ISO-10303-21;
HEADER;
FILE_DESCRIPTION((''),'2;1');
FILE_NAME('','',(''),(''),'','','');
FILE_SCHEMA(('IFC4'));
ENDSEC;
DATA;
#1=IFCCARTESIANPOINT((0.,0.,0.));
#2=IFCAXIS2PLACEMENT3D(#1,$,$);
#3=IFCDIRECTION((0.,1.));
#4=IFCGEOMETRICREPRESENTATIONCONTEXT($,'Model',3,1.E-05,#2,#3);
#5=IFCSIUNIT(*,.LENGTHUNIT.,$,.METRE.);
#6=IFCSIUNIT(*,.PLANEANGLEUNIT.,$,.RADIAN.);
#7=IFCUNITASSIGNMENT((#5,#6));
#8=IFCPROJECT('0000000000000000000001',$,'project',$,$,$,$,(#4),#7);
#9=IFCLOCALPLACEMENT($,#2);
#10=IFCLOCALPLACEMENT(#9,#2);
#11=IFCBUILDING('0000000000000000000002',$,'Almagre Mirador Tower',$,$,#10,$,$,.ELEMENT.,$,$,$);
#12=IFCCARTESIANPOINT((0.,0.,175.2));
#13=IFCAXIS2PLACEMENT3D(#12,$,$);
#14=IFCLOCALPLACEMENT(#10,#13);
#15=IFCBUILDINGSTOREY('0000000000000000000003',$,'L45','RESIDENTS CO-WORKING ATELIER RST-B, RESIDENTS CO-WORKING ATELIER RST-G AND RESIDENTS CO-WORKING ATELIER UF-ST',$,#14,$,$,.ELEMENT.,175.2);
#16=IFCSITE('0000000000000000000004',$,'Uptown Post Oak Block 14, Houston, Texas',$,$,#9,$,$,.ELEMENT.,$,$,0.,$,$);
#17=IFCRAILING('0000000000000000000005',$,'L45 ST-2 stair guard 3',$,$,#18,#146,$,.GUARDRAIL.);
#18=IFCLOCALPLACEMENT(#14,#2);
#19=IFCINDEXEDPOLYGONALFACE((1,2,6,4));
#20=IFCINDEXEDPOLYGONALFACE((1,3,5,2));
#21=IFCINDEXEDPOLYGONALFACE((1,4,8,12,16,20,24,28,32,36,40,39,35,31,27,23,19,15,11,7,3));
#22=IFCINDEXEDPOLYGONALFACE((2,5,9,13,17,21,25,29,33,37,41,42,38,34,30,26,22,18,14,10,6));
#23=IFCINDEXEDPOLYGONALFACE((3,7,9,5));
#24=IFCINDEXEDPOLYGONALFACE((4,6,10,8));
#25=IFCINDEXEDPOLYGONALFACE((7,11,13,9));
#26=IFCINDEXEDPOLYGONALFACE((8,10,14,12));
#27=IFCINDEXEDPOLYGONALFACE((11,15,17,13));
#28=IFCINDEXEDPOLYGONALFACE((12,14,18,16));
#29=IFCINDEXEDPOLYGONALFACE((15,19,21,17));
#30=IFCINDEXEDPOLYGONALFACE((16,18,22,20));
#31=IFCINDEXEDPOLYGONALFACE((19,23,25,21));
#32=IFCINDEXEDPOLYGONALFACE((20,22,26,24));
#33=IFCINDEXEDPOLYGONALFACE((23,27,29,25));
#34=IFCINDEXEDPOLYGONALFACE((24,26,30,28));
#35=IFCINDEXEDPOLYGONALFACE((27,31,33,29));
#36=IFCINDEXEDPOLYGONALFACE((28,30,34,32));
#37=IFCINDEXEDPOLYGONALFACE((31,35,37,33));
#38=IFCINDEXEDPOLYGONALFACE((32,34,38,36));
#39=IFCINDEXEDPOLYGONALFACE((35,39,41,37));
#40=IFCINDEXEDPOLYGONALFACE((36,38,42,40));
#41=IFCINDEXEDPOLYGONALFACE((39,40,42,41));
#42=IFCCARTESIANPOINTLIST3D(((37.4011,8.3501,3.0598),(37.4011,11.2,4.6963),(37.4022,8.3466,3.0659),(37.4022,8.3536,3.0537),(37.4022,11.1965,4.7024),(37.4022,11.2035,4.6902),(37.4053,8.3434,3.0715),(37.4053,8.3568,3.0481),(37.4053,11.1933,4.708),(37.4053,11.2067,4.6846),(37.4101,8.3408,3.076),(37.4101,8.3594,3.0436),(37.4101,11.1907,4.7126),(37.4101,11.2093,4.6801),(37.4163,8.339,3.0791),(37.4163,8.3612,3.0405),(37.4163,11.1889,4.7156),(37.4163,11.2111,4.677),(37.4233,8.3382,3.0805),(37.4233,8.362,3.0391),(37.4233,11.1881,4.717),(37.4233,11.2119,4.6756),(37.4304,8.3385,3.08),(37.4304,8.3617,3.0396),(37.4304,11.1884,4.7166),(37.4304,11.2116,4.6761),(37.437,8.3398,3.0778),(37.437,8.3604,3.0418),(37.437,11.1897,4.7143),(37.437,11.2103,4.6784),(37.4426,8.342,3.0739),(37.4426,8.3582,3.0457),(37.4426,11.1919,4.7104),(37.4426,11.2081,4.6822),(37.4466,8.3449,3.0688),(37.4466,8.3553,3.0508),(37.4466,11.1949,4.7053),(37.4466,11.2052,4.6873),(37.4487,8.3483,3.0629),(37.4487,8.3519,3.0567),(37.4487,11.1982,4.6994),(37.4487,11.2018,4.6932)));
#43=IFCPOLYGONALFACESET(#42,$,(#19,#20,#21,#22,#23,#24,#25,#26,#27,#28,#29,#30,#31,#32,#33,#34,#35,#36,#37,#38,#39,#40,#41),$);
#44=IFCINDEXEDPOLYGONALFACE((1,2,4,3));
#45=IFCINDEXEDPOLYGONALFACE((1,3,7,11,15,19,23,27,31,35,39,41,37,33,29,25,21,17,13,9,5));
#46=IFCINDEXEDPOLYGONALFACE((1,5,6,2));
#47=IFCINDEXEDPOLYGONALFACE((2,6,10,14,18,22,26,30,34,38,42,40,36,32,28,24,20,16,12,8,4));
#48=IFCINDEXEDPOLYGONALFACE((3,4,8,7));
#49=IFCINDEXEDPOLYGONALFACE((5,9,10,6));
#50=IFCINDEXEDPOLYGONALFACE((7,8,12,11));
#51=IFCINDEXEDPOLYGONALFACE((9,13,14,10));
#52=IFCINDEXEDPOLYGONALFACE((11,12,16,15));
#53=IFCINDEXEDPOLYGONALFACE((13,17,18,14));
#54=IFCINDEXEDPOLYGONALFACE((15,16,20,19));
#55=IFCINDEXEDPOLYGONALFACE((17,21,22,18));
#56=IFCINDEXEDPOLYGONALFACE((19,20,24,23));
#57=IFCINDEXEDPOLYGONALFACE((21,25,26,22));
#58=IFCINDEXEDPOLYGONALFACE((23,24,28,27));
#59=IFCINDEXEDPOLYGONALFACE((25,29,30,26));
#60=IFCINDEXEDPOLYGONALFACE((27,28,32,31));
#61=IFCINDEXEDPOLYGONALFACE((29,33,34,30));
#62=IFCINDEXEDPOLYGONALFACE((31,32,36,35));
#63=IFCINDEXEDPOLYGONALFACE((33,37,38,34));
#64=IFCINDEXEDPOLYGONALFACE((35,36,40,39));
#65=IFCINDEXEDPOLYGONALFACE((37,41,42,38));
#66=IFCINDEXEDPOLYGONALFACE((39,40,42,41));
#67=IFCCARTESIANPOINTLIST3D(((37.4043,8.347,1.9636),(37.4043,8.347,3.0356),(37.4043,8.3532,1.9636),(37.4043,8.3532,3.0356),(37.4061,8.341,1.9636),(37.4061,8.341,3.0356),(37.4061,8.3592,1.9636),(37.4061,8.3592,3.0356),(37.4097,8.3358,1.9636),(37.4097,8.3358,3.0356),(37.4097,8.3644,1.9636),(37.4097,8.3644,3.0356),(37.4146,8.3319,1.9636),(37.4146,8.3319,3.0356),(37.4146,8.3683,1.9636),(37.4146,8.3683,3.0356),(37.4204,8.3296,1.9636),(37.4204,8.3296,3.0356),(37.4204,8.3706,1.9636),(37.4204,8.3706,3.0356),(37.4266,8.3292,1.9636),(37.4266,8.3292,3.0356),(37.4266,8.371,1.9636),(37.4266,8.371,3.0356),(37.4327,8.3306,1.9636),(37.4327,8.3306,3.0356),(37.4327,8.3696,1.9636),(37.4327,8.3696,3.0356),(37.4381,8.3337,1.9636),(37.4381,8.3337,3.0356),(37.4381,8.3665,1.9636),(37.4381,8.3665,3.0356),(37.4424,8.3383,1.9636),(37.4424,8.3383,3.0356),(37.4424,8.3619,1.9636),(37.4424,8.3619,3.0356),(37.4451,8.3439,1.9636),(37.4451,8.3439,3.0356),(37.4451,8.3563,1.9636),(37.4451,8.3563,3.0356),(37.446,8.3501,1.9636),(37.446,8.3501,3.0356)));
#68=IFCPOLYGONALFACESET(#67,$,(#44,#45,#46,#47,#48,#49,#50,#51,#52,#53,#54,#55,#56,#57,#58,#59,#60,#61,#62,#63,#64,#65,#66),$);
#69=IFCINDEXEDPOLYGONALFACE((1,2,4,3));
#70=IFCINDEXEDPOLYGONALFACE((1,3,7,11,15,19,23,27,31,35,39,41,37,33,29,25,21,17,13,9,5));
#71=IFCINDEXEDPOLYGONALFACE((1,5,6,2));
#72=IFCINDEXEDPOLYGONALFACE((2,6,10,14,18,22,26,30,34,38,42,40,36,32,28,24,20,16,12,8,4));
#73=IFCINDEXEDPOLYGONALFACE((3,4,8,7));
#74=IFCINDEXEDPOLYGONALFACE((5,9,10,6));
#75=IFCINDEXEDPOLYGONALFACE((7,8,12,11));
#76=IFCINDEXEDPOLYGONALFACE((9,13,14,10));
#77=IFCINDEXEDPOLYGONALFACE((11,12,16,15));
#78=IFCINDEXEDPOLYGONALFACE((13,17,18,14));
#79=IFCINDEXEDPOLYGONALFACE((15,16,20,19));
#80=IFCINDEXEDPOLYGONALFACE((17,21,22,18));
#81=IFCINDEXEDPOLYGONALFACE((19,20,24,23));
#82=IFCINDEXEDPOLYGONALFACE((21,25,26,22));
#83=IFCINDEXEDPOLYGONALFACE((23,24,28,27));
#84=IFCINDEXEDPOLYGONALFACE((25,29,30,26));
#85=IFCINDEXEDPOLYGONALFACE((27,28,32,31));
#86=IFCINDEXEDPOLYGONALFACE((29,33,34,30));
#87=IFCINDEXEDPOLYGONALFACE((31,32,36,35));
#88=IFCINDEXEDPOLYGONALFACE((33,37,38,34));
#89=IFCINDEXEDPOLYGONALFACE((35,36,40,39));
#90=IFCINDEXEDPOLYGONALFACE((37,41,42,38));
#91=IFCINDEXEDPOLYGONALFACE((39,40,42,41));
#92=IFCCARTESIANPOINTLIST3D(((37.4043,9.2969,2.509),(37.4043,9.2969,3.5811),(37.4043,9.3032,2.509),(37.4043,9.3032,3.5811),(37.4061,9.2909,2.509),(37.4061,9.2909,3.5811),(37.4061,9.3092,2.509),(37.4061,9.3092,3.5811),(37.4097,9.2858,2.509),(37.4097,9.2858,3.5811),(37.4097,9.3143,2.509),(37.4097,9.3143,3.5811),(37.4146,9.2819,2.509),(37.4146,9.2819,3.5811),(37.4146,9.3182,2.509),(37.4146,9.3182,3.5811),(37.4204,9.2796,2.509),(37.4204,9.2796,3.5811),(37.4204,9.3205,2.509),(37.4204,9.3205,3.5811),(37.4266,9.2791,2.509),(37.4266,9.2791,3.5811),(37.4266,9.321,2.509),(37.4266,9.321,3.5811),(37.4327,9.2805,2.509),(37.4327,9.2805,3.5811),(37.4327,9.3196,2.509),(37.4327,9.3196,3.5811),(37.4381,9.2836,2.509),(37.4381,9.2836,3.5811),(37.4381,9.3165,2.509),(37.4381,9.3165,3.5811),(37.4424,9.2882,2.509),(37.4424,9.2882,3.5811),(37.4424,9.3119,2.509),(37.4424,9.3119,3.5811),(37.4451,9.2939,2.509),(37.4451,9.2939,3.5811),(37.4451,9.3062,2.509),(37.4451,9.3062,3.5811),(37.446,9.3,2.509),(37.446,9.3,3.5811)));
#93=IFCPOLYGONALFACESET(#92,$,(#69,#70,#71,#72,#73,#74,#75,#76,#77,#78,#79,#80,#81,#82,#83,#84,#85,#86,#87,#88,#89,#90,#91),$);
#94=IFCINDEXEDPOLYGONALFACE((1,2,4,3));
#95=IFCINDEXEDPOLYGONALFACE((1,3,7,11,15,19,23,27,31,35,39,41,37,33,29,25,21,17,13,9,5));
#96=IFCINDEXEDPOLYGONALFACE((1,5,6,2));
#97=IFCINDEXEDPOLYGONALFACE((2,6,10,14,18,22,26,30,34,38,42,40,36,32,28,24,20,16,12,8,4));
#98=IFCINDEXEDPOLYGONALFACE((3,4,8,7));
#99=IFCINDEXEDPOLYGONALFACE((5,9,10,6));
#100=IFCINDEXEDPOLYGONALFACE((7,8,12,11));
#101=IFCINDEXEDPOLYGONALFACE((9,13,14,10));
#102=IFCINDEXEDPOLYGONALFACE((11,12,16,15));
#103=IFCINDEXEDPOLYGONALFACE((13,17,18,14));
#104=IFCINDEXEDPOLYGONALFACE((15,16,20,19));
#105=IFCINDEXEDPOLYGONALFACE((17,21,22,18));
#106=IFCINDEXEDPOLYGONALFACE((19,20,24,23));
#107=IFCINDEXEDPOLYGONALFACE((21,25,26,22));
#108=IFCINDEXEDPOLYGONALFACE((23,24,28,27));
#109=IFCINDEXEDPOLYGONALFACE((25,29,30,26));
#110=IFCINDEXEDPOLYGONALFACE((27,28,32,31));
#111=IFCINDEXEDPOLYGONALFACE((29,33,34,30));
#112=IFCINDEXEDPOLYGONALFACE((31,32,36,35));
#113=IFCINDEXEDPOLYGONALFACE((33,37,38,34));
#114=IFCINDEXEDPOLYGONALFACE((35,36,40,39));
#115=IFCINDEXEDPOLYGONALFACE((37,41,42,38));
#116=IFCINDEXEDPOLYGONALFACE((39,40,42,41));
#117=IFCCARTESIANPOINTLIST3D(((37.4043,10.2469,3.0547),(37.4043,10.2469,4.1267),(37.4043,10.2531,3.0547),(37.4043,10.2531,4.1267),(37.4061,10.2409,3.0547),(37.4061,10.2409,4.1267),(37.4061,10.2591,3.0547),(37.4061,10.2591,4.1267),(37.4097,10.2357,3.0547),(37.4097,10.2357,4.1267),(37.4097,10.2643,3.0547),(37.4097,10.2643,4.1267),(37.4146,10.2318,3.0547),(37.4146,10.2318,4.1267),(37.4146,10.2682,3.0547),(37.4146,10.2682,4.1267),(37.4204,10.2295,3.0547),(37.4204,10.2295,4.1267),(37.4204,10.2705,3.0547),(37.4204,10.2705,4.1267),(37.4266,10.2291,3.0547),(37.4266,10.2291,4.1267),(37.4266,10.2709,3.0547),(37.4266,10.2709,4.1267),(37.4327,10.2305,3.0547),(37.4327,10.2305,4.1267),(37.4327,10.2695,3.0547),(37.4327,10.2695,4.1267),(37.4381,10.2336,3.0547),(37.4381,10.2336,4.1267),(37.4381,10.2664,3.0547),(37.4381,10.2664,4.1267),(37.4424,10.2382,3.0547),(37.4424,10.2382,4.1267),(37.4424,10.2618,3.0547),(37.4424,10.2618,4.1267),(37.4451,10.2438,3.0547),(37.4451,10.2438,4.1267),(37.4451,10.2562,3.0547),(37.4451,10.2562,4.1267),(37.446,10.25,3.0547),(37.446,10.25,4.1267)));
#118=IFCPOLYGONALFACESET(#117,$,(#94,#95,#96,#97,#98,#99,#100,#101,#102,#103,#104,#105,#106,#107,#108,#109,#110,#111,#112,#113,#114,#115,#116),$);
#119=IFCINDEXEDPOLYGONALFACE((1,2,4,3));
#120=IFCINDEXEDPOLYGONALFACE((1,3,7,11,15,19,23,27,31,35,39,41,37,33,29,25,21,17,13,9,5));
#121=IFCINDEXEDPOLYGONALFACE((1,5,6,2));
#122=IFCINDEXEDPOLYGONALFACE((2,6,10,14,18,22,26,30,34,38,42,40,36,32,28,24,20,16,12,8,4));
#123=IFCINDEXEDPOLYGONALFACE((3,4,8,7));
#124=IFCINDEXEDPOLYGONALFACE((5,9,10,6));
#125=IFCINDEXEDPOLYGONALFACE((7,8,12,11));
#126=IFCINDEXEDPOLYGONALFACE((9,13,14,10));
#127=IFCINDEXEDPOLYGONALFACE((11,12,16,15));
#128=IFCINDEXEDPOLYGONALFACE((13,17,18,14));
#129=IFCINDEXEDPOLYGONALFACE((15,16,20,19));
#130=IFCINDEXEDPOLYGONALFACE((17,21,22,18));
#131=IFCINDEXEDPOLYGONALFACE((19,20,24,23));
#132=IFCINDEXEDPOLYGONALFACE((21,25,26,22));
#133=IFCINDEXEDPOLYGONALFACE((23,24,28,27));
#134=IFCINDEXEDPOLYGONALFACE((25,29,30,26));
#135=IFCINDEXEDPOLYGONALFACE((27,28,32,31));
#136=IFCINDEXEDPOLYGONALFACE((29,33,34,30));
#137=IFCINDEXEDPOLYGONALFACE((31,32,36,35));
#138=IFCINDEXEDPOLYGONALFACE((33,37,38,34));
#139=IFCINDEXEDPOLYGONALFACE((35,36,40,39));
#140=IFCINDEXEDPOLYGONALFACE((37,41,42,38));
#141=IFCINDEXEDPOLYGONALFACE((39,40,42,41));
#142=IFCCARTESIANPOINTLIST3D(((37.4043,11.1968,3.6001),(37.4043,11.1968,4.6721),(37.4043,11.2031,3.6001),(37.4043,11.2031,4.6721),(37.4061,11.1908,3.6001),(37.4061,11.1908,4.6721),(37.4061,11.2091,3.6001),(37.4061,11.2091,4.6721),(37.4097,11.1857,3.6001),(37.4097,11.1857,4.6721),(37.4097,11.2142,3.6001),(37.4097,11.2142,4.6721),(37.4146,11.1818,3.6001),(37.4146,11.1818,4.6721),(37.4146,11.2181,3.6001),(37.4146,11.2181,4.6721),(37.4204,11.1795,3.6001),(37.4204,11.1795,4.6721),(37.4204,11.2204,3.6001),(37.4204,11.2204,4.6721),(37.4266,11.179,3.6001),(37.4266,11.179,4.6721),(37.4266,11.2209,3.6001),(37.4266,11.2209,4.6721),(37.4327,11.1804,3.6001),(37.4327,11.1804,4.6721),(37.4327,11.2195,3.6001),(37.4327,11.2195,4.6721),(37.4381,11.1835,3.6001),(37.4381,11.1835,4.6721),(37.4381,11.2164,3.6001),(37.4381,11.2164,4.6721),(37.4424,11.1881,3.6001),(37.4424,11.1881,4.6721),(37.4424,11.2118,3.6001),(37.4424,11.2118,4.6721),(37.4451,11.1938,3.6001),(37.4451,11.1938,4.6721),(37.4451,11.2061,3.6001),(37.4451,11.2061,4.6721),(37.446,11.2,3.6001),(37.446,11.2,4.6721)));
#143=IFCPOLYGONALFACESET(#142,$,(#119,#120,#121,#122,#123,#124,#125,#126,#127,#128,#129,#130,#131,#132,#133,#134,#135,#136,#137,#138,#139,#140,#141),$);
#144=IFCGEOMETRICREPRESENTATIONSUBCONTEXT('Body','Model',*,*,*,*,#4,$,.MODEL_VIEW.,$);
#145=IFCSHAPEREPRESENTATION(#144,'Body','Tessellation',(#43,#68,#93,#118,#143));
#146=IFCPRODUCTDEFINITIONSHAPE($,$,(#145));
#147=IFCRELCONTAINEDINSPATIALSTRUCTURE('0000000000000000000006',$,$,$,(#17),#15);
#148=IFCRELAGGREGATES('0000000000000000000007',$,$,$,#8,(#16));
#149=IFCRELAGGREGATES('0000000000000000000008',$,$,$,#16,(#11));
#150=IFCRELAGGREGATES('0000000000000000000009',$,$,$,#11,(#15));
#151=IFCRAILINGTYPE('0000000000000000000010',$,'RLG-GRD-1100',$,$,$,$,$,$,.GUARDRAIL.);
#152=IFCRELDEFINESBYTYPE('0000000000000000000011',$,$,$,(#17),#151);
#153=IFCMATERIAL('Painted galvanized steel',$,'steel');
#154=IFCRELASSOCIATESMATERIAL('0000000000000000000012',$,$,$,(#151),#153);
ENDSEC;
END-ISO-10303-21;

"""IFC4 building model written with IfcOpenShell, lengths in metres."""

from ifc_helpers import new_model, si_unit, direction, frame, origin, origin_2d, place, context, subcontext, project, spatial, circle, extrude, material, type_object, element, save


model = new_model("IFC4")

# Units and contexts
model_context = context("Model", 3, precision=1e-05, world=origin(), true_north=direction((0.0, 1.0)))
body_context = subcontext(model_context, "Body", "Model", "MODEL_VIEW")
ifc_project = project(units=[si_unit("LENGTHUNIT", "METRE"), si_unit("PLANEANGLEUNIT", "RADIAN")], contexts=[model_context])

# Site, building, storey
site_placement = place(None, origin())
site = spatial("IfcSite", under=ifc_project, at=site_placement, Name="Uptown Post Oak Block 14, Houston, Texas", CompositionType="ELEMENT", RefElevation=0.0)
building_placement = place(site_placement, origin())
building = spatial("IfcBuilding", under=site, at=building_placement, Name="Almagre Mirador Tower", CompositionType="ELEMENT")
storey_placement = place(building_placement, frame((0.0, 0.0, 175.2)))
storey = spatial("IfcBuildingStorey", under=building, at=storey_placement, Name="L45", Description="RESIDENTS CO-WORKING ATELIER RST-B, RESIDENTS CO-WORKING ATELIER RST-G AND RESIDENTS CO-WORKING ATELIER UF-ST", CompositionType="ELEMENT", Elevation=175.2)

# Railing
ifc_material_1 = material(Name="Painted galvanized steel", Category="steel")
railing_type_1 = type_object("IfcRailingType", Name="RLG-GRD-1100", PredefinedType="GUARDRAIL", material=ifc_material_1)
railing_1_placement = place(storey_placement, frame((37.425, 8.3501, 1.9636)))
element("IfcRailing", 1, at=railing_1_placement, inside=storey, type_object=railing_type_1, Name="L45 ST-2 stair guard 3", PredefinedType="GUARDRAIL", context=body_context, shape_type="SweptSolid", body=[
    extrude(circle(Radius=0.0239, at=origin_2d()), frame((0.0, 0.0, 1.0962), z_axis=(0.0, 0.867194, 0.49797), x_axis=(-1.0, 0.0, 0.0)), (0.0, 0.0, 1.0), 3.2864),
    extrude(circle(Radius=0.021, at=origin_2d()), origin(), (0.0, 0.0, 1.0), 1.072),
    extrude(circle(Radius=0.021, at=origin_2d()), frame((0.0, 0.95, 0.5454)), (0.0, 0.0, 1.0), 1.072),
    extrude(circle(Radius=0.021, at=origin_2d()), frame((0.0, 1.8999, 1.0911)), (0.0, 0.0, 1.0), 1.072),
    extrude(circle(Radius=0.021, at=origin_2d()), frame((0.0, 2.8499, 1.6365)), (0.0, 0.0, 1.0), 1.072),
])

save(model, "model.ifc")
